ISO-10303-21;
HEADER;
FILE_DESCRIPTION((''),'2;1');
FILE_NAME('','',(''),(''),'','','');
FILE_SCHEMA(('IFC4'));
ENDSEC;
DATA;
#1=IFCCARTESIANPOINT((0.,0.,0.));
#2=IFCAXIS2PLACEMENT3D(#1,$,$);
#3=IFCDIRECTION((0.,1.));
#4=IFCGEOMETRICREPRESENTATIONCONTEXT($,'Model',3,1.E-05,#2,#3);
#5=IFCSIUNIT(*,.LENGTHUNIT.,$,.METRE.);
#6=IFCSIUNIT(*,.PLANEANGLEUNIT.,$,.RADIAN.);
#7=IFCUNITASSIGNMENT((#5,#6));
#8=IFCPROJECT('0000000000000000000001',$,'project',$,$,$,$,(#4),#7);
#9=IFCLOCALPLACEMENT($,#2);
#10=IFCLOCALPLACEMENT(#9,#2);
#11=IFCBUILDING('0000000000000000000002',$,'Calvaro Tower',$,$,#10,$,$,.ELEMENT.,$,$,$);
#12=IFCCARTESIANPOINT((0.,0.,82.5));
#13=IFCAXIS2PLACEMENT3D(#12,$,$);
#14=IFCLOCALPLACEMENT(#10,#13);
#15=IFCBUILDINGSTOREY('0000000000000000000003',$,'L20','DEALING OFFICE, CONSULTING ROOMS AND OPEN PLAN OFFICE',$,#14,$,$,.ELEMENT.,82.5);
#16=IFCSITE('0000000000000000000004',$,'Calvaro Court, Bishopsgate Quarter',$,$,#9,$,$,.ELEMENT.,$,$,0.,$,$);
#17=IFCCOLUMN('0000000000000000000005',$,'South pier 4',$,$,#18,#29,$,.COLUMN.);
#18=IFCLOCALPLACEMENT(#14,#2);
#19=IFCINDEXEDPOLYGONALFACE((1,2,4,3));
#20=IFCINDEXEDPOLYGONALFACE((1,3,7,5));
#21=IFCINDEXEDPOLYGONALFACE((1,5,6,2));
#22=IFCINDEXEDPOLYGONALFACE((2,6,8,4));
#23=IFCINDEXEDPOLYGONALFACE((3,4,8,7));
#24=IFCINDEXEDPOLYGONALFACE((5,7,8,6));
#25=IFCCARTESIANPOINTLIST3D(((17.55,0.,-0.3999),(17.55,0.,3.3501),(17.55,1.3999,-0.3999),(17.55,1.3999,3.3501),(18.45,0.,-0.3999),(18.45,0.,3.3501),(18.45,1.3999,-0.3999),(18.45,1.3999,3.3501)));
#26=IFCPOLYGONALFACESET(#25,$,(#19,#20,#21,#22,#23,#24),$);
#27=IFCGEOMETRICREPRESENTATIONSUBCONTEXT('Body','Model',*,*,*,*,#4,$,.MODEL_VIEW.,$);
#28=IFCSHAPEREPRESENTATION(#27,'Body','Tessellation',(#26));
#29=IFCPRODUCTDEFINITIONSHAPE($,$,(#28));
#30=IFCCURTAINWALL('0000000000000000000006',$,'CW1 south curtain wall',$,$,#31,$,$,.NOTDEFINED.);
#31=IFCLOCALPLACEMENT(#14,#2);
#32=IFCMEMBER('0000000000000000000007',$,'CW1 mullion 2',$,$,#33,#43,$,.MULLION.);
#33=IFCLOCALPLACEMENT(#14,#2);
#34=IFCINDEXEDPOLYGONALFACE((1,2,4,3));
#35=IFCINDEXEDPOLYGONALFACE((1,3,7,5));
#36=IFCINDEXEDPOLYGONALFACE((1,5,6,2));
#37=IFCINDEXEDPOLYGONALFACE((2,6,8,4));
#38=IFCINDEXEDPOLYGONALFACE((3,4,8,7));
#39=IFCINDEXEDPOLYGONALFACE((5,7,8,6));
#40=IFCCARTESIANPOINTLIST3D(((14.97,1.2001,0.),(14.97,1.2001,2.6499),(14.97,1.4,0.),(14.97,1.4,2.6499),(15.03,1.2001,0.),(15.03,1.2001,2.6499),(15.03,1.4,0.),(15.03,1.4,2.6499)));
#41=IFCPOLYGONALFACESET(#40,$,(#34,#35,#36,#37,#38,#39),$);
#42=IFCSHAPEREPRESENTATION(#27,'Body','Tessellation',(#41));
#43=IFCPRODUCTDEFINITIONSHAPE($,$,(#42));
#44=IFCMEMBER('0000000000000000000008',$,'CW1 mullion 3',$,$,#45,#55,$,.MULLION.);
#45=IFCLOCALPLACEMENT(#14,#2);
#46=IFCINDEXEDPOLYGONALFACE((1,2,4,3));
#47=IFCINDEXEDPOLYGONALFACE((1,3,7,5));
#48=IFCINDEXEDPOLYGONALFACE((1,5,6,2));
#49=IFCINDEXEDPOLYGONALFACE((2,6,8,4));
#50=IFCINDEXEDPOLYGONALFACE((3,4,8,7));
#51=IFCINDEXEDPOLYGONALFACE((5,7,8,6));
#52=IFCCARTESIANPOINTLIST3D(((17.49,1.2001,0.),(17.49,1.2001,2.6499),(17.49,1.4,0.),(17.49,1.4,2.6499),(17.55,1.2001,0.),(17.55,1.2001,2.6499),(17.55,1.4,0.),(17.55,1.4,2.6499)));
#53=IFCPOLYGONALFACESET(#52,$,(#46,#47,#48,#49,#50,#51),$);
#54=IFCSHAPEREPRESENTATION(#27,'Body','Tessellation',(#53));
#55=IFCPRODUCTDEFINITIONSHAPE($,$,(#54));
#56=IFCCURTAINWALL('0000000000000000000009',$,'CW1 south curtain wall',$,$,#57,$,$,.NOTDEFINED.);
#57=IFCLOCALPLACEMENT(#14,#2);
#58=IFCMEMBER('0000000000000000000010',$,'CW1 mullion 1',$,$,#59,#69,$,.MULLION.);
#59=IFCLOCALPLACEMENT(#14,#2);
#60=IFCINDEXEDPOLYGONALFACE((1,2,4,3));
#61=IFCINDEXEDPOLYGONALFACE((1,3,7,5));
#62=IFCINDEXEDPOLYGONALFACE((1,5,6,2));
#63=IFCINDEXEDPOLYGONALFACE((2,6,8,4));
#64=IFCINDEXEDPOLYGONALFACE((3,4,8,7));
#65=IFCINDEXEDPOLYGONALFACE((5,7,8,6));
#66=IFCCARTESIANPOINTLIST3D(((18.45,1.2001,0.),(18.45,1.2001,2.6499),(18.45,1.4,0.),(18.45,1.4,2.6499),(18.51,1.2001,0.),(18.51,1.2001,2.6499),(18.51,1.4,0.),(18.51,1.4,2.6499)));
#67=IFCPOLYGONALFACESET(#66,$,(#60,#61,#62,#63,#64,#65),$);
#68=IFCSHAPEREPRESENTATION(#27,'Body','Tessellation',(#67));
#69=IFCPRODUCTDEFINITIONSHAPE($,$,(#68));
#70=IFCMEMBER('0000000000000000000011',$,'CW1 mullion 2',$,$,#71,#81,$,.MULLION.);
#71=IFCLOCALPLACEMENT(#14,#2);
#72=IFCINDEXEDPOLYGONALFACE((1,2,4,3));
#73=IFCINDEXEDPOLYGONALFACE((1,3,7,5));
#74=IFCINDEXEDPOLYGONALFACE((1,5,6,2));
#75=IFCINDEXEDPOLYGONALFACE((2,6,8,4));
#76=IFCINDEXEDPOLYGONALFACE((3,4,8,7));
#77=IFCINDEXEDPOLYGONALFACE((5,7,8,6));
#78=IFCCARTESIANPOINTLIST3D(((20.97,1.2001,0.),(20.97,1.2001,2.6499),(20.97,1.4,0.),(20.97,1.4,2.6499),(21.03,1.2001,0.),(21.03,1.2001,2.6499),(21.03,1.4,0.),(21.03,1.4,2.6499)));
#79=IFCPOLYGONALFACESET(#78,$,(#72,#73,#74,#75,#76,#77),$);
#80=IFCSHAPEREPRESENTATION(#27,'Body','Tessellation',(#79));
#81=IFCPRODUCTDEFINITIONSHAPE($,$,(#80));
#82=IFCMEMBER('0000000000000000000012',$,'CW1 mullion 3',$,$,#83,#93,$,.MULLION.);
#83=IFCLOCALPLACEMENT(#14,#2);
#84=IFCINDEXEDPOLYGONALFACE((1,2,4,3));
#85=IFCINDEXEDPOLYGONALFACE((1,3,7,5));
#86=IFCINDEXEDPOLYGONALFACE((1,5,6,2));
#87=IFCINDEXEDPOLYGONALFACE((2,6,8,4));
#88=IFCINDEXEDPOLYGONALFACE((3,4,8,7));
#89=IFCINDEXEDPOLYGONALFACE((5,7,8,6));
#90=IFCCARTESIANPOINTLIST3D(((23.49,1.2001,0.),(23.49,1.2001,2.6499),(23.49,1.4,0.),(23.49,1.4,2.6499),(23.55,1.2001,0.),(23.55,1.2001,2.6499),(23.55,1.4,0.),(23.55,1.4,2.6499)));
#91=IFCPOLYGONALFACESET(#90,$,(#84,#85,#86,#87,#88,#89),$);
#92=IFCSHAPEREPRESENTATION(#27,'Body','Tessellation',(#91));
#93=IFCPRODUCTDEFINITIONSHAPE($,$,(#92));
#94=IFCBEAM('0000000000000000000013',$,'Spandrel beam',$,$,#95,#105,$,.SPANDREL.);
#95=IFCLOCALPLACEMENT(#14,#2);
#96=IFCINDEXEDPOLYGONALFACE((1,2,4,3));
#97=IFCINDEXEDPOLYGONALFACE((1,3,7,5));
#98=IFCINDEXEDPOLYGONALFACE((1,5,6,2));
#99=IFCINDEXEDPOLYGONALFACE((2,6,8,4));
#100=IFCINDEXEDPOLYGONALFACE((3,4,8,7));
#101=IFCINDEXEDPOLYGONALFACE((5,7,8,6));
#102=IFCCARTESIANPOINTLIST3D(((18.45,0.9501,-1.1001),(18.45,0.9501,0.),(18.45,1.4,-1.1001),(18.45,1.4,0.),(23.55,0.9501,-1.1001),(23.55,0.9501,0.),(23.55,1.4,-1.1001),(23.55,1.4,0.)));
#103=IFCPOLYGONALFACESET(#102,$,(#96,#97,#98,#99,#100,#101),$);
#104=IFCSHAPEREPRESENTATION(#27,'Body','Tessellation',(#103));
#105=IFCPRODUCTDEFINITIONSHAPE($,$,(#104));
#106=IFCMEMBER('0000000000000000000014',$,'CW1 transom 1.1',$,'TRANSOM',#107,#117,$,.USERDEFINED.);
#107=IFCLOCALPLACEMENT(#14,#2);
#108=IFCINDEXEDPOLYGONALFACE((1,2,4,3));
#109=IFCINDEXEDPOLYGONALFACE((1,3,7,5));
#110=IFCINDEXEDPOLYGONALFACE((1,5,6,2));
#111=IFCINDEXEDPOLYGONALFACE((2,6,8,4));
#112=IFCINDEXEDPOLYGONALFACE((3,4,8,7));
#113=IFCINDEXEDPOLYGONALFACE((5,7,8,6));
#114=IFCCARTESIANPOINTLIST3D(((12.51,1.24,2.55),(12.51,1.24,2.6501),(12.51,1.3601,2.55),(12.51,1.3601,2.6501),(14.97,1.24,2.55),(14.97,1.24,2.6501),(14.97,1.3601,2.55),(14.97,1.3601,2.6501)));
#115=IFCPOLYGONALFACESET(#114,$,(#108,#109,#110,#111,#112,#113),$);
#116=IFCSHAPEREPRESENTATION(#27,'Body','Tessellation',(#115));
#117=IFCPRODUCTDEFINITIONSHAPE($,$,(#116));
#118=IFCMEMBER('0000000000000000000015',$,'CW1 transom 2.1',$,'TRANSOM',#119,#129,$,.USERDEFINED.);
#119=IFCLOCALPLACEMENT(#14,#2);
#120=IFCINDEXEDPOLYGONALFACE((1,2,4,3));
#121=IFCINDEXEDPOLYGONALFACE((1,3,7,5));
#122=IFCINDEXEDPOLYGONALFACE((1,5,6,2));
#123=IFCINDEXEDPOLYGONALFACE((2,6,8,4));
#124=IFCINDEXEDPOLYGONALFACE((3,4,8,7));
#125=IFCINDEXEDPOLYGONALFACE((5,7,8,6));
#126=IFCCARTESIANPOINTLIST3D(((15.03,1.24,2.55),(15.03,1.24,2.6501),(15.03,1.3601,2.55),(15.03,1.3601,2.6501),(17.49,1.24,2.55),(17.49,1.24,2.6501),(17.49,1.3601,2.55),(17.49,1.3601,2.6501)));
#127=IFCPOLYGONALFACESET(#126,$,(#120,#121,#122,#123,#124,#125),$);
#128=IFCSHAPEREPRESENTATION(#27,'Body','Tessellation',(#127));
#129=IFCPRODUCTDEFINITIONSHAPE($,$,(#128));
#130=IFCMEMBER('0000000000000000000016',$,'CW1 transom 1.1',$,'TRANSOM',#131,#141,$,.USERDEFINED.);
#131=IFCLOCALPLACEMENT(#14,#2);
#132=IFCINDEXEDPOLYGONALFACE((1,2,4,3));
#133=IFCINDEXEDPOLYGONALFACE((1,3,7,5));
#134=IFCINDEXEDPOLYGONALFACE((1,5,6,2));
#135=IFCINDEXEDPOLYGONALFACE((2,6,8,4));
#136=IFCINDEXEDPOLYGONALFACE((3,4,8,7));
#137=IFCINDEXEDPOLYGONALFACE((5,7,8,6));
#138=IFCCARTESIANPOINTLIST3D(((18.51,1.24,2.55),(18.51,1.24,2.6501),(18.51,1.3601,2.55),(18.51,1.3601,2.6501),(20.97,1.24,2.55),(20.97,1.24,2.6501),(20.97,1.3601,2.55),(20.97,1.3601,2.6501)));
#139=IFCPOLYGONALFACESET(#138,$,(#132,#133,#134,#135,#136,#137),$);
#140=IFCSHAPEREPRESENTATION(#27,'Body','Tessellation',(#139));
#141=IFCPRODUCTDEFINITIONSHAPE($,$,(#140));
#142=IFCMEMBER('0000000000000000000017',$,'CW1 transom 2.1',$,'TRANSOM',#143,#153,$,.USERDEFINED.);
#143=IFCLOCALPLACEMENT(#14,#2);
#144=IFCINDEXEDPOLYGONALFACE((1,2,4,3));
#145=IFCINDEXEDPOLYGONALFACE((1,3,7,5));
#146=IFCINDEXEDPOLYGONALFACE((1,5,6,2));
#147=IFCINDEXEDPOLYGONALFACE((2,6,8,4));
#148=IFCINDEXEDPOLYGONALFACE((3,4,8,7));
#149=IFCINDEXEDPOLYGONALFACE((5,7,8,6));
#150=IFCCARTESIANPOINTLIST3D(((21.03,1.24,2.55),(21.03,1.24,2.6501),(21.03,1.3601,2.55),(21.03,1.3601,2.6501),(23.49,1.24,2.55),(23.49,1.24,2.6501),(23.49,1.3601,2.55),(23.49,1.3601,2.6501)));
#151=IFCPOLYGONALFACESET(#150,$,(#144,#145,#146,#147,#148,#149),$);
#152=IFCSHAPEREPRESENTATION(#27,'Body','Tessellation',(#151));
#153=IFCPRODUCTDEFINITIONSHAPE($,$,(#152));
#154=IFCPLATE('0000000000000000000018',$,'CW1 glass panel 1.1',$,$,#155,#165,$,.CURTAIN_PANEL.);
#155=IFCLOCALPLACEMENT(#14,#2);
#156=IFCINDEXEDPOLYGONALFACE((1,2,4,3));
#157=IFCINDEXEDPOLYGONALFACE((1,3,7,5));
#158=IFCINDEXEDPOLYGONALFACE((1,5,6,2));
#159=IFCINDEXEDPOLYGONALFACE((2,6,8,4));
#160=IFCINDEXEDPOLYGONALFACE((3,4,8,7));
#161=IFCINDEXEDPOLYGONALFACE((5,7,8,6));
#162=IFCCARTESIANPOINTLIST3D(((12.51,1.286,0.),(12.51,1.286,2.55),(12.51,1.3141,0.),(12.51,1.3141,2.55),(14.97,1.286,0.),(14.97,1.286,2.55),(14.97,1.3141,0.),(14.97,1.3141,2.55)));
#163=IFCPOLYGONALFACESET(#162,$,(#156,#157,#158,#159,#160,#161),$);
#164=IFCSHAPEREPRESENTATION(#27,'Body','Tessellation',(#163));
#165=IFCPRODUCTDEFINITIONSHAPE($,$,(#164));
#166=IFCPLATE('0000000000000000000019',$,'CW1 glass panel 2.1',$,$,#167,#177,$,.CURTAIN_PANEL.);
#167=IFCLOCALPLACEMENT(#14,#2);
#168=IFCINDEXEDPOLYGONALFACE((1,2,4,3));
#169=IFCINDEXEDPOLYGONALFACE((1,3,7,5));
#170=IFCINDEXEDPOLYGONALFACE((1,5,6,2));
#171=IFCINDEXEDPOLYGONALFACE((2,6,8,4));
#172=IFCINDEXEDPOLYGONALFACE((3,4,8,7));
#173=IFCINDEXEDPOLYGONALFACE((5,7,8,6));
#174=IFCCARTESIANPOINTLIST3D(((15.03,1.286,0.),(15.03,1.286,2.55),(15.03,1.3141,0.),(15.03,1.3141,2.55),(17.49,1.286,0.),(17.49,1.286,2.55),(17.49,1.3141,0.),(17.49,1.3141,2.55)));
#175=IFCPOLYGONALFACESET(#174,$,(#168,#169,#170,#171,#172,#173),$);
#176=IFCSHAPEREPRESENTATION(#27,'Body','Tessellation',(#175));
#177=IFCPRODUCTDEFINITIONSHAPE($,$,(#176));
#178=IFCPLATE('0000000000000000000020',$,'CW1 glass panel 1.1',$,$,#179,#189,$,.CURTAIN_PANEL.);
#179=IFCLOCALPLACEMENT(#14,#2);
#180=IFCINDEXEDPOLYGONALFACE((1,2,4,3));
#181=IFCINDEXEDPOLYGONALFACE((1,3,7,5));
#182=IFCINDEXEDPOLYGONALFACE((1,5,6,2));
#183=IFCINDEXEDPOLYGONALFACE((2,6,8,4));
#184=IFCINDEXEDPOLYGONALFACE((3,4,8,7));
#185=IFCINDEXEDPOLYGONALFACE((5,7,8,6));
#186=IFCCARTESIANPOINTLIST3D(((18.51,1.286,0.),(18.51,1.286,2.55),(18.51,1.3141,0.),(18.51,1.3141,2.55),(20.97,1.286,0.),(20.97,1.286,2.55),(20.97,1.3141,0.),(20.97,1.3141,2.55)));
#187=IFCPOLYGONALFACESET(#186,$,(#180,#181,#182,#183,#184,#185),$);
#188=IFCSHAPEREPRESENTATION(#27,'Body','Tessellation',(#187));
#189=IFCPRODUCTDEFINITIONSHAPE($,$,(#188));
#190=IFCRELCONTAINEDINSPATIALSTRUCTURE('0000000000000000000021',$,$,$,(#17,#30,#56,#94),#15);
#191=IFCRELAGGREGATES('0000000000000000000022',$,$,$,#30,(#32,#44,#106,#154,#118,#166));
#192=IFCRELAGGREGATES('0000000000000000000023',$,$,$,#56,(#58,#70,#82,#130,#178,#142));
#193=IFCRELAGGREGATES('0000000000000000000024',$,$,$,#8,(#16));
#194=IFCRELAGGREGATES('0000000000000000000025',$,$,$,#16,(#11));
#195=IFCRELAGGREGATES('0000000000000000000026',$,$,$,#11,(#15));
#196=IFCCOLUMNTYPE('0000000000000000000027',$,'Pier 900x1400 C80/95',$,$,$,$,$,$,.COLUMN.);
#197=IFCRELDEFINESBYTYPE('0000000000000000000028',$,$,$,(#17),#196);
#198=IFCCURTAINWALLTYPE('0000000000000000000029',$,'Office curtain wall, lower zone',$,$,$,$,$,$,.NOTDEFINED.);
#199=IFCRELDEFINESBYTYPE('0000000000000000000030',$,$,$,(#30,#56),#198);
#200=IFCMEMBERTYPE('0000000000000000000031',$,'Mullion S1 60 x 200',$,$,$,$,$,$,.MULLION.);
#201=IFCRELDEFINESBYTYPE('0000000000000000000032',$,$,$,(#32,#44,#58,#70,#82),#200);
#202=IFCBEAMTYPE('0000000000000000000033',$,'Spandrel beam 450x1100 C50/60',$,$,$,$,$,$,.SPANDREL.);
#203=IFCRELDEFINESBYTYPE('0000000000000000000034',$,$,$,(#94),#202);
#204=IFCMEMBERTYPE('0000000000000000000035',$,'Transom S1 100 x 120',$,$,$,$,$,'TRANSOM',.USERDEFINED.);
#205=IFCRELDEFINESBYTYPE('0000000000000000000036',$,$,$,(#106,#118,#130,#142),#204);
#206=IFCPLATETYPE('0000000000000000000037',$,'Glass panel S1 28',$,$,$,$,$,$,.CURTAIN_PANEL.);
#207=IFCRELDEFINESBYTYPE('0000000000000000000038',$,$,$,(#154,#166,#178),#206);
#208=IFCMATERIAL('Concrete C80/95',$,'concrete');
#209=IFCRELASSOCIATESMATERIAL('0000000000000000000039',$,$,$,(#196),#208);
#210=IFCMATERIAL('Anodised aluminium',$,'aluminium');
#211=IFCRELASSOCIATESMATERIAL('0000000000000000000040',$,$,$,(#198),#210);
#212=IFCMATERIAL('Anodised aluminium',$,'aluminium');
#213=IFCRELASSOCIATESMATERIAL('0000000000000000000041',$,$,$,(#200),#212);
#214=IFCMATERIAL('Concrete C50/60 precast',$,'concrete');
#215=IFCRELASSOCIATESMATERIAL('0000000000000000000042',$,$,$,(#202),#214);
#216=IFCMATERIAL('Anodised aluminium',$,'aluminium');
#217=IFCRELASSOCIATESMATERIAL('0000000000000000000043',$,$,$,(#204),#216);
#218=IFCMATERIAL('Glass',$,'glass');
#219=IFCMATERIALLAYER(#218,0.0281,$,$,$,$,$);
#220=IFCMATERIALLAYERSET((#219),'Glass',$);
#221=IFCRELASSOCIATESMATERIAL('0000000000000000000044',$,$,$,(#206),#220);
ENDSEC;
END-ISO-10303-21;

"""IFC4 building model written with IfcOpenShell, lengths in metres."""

from ifc_helpers import new_model, si_unit, direction, frame, origin, origin_2d, place, context, subcontext, project, spatial, rectangle, extrude, material, layer, layer_set, material_profile, profile_set, type_object, element, aggregate, save


model = new_model("IFC4")

# Units and contexts
model_context = context("Model", 3, precision=1e-05, world=origin(), true_north=direction((0.0, 1.0)))
body_context = subcontext(model_context, "Body", "Model", "MODEL_VIEW")
ifc_project = project(units=[si_unit("LENGTHUNIT", "METRE"), si_unit("PLANEANGLEUNIT", "RADIAN")], contexts=[model_context])

# Site, building, storey
site_placement = place(None, origin())
site = spatial("IfcSite", under=ifc_project, at=site_placement, Name="Calvaro Court, Bishopsgate Quarter", CompositionType="ELEMENT", RefElevation=0.0)
building_placement = place(site_placement, origin())
building = spatial("IfcBuilding", under=site, at=building_placement, Name="Calvaro Tower", CompositionType="ELEMENT")
storey_placement = place(building_placement, frame((0.0, 0.0, 82.5)))
storey = spatial("IfcBuildingStorey", under=building, at=storey_placement, Name="L20", Description="DEALING OFFICE, CONSULTING ROOMS AND OPEN PLAN OFFICE", CompositionType="ELEMENT", Elevation=82.5)

# Column
ifc_material_1 = material(Name="Concrete C80/95", Category="concrete")
ifc_material_profile_1 = material_profile(ifc_material_1, rectangle(XDim=0.8999, YDim=1.3999, at=origin_2d()), Name="RC 900x1400")
ifc_profile_set_1 = profile_set([ifc_material_profile_1], Name="Concrete C80/95")
column_type = type_object("IfcColumnType", Name="Pier 900x1400 C80/95", PredefinedType="COLUMN", material=ifc_profile_set_1)
column_placement = place(storey_placement, frame((18.0, 0.7, -0.3999), z_axis=(0.0, 0.0, 1.0), x_axis=(1.0, 0.0, 0.0)))
element("IfcColumn", 1, at=column_placement, inside=storey, type_object=column_type, Name="South pier 4", PredefinedType="COLUMN", context=body_context, shape_type="SweptSolid", body=[
    extrude(rectangle(XDim=0.8999, YDim=1.3999, at=origin_2d()), origin(), (0.0, 0.0, 1.0), 3.75),
])

# Curtain walls, members
ifc_material_2 = material(Name="Anodised aluminium", Category="aluminium")
curtain_wall_type = type_object("IfcCurtainWallType", Name="Office curtain wall, lower zone", PredefinedType="NOTDEFINED", material=ifc_material_2)
curtain_wall_1_placement = place(storey_placement, origin())
curtain_wall_1 = element("IfcCurtainWall", 2, at=curtain_wall_1_placement, inside=storey, type_object=curtain_wall_type, Name="CW1 south curtain wall", PredefinedType="NOTDEFINED")
ifc_material_3 = material(Name="Anodised aluminium", Category="aluminium")
ifc_material_profile_2 = material_profile(ifc_material_3, rectangle(XDim=0.2, YDim=0.0601, at=origin_2d()), Name="Mullion S1 60 x 200")
ifc_profile_set_2 = profile_set([ifc_material_profile_2], Name="Anodised aluminium")
member_type_1 = type_object("IfcMemberType", Name="Mullion S1 60 x 200", PredefinedType="MULLION", material=ifc_profile_set_2)
member_1_placement = place(storey_placement, frame((15.0, 1.3, 0.0), z_axis=(0.0, 0.0, 1.0), x_axis=(0.0, 1.0, 0.0)))
member_1 = element("IfcMember", 3, at=member_1_placement, type_object=member_type_1, Name="CW1 mullion 2", PredefinedType="MULLION", context=body_context, shape_type="SweptSolid", body=[
    extrude(rectangle(XDim=0.2, YDim=0.0601, at=origin_2d()), origin(), (0.0, 0.0, 1.0), 2.6499),
])
member_2_placement = place(storey_placement, frame((17.52, 1.3, 0.0), z_axis=(0.0, 0.0, 1.0), x_axis=(0.0, 1.0, 0.0)))
member_2 = element("IfcMember", 4, at=member_2_placement, type_object=member_type_1, Name="CW1 mullion 3", PredefinedType="MULLION", context=body_context, shape_type="SweptSolid", body=[
    extrude(rectangle(XDim=0.2, YDim=0.0601, at=origin_2d()), origin(), (0.0, 0.0, 1.0), 2.6499),
])
curtain_wall_2_placement = place(storey_placement, origin())
curtain_wall_2 = element("IfcCurtainWall", 5, at=curtain_wall_2_placement, inside=storey, type_object=curtain_wall_type, Name="CW1 south curtain wall", PredefinedType="NOTDEFINED")
member_3_placement = place(storey_placement, frame((18.48, 1.3, 0.0), z_axis=(0.0, 0.0, 1.0), x_axis=(0.0, 1.0, 0.0)))
member_3 = element("IfcMember", 6, at=member_3_placement, type_object=member_type_1, Name="CW1 mullion 1", PredefinedType="MULLION", context=body_context, shape_type="SweptSolid", body=[
    extrude(rectangle(XDim=0.2, YDim=0.0601, at=origin_2d()), origin(), (0.0, 0.0, 1.0), 2.6499),
])
member_4_placement = place(storey_placement, frame((21.0, 1.3, 0.0), z_axis=(0.0, 0.0, 1.0), x_axis=(0.0, 1.0, 0.0)))
member_4 = element("IfcMember", 7, at=member_4_placement, type_object=member_type_1, Name="CW1 mullion 2", PredefinedType="MULLION", context=body_context, shape_type="SweptSolid", body=[
    extrude(rectangle(XDim=0.2, YDim=0.0601, at=origin_2d()), origin(), (0.0, 0.0, 1.0), 2.6499),
])
member_5_placement = place(storey_placement, frame((23.52, 1.3, 0.0), z_axis=(0.0, 0.0, 1.0), x_axis=(0.0, 1.0, 0.0)))
member_5 = element("IfcMember", 8, at=member_5_placement, type_object=member_type_1, Name="CW1 mullion 3", PredefinedType="MULLION", context=body_context, shape_type="SweptSolid", body=[
    extrude(rectangle(XDim=0.2, YDim=0.0601, at=origin_2d()), origin(), (0.0, 0.0, 1.0), 2.6499),
])

# Beam
ifc_material_4 = material(Name="Concrete C50/60 precast", Category="concrete")
ifc_material_profile_3 = material_profile(ifc_material_4, rectangle(XDim=0.45, YDim=1.1001, at=origin_2d()), Name="RC 450x1100")
ifc_profile_set_3 = profile_set([ifc_material_profile_3], Name="Concrete C50/60 precast")
beam_type = type_object("IfcBeamType", Name="Spandrel beam 450x1100 C50/60", PredefinedType="SPANDREL", material=ifc_profile_set_3)
beam_placement = place(storey_placement, frame((18.45, 1.175, -0.55), z_axis=(1.0, 0.0, 0.0), x_axis=(0.0, 1.0, 0.0)))
element("IfcBeam", 9, at=beam_placement, inside=storey, type_object=beam_type, Name="Spandrel beam", PredefinedType="SPANDREL", context=body_context, shape_type="SweptSolid", body=[
    extrude(rectangle(XDim=0.45, YDim=1.1001, at=origin_2d()), origin(), (0.0, 0.0, 1.0), 5.1001),
])

# Members
ifc_material_5 = material(Name="Anodised aluminium", Category="aluminium")
ifc_material_profile_4 = material_profile(ifc_material_5, rectangle(XDim=0.1201, YDim=0.1001, at=origin_2d()), Name="Transom S1 100 x 120")
ifc_profile_set_4 = profile_set([ifc_material_profile_4], Name="Anodised aluminium")
member_type_2 = type_object("IfcMemberType", Name="Transom S1 100 x 120", ElementType="TRANSOM", PredefinedType="USERDEFINED", material=ifc_profile_set_4)
member_6_placement = place(storey_placement, frame((12.51, 1.3, 2.6001), z_axis=(1.0, 0.0, 0.0), x_axis=(0.0, 1.0, 0.0)))
member_6 = element("IfcMember", 10, at=member_6_placement, type_object=member_type_2, Name="CW1 transom 1.1", ObjectType="TRANSOM", PredefinedType="USERDEFINED", context=body_context, shape_type="SweptSolid", body=[
    extrude(rectangle(XDim=0.1201, YDim=0.1001, at=origin_2d()), origin(), (0.0, 0.0, 1.0), 2.46),
])
member_7_placement = place(storey_placement, frame((15.03, 1.3, 2.6001), z_axis=(1.0, 0.0, 0.0), x_axis=(0.0, 1.0, 0.0)))
member_7 = element("IfcMember", 11, at=member_7_placement, type_object=member_type_2, Name="CW1 transom 2.1", ObjectType="TRANSOM", PredefinedType="USERDEFINED", context=body_context, shape_type="SweptSolid", body=[
    extrude(rectangle(XDim=0.1201, YDim=0.1001, at=origin_2d()), origin(), (0.0, 0.0, 1.0), 2.46),
])
member_8_placement = place(storey_placement, frame((18.51, 1.3, 2.6001), z_axis=(1.0, 0.0, 0.0), x_axis=(0.0, 1.0, 0.0)))
member_8 = element("IfcMember", 12, at=member_8_placement, type_object=member_type_2, Name="CW1 transom 1.1", ObjectType="TRANSOM", PredefinedType="USERDEFINED", context=body_context, shape_type="SweptSolid", body=[
    extrude(rectangle(XDim=0.1201, YDim=0.1001, at=origin_2d()), origin(), (0.0, 0.0, 1.0), 2.46),
])
member_9_placement = place(storey_placement, frame((21.03, 1.3, 2.6001), z_axis=(1.0, 0.0, 0.0), x_axis=(0.0, 1.0, 0.0)))
member_9 = element("IfcMember", 13, at=member_9_placement, type_object=member_type_2, Name="CW1 transom 2.1", ObjectType="TRANSOM", PredefinedType="USERDEFINED", context=body_context, shape_type="SweptSolid", body=[
    extrude(rectangle(XDim=0.1201, YDim=0.1001, at=origin_2d()), origin(), (0.0, 0.0, 1.0), 2.46),
])

# Plates
ifc_material_6 = material(Name="Glass", Category="glass")
ifc_layer = layer(ifc_material_6, 0.0281)
ifc_layer_set = layer_set([ifc_layer], Name="Glass")
plate_type = type_object("IfcPlateType", Name="Glass panel S1 28", PredefinedType="CURTAIN_PANEL", material=ifc_layer_set)
plate_1_placement = place(storey_placement, frame((13.74, 1.3, 0.0), z_axis=(0.0, 0.0, 1.0), x_axis=(1.0, 0.0, 0.0)))
plate_1 = element("IfcPlate", 14, at=plate_1_placement, type_object=plate_type, Name="CW1 glass panel 1.1", PredefinedType="CURTAIN_PANEL", context=body_context, shape_type="SweptSolid", body=[
    extrude(rectangle(XDim=2.46, YDim=0.0281, at=origin_2d()), origin(), (0.0, 0.0, 1.0), 2.55),
])
plate_2_placement = place(storey_placement, frame((16.26, 1.3, 0.0), z_axis=(0.0, 0.0, 1.0), x_axis=(1.0, 0.0, 0.0)))
plate_2 = element("IfcPlate", 15, at=plate_2_placement, type_object=plate_type, Name="CW1 glass panel 2.1", PredefinedType="CURTAIN_PANEL", context=body_context, shape_type="SweptSolid", body=[
    extrude(rectangle(XDim=2.46, YDim=0.0281, at=origin_2d()), origin(), (0.0, 0.0, 1.0), 2.55),
])
aggregate(curtain_wall_1, [member_1, member_2, member_6, plate_1, member_7, plate_2])
plate_3_placement = place(storey_placement, frame((19.74, 1.3, 0.0), z_axis=(0.0, 0.0, 1.0), x_axis=(1.0, 0.0, 0.0)))
plate_3 = element("IfcPlate", 16, at=plate_3_placement, type_object=plate_type, Name="CW1 glass panel 1.1", PredefinedType="CURTAIN_PANEL", context=body_context, shape_type="SweptSolid", body=[
    extrude(rectangle(XDim=2.46, YDim=0.0281, at=origin_2d()), origin(), (0.0, 0.0, 1.0), 2.55),
])
aggregate(curtain_wall_2, [member_3, member_4, member_5, member_8, plate_3, member_9])

save(model, "model.ifc")
